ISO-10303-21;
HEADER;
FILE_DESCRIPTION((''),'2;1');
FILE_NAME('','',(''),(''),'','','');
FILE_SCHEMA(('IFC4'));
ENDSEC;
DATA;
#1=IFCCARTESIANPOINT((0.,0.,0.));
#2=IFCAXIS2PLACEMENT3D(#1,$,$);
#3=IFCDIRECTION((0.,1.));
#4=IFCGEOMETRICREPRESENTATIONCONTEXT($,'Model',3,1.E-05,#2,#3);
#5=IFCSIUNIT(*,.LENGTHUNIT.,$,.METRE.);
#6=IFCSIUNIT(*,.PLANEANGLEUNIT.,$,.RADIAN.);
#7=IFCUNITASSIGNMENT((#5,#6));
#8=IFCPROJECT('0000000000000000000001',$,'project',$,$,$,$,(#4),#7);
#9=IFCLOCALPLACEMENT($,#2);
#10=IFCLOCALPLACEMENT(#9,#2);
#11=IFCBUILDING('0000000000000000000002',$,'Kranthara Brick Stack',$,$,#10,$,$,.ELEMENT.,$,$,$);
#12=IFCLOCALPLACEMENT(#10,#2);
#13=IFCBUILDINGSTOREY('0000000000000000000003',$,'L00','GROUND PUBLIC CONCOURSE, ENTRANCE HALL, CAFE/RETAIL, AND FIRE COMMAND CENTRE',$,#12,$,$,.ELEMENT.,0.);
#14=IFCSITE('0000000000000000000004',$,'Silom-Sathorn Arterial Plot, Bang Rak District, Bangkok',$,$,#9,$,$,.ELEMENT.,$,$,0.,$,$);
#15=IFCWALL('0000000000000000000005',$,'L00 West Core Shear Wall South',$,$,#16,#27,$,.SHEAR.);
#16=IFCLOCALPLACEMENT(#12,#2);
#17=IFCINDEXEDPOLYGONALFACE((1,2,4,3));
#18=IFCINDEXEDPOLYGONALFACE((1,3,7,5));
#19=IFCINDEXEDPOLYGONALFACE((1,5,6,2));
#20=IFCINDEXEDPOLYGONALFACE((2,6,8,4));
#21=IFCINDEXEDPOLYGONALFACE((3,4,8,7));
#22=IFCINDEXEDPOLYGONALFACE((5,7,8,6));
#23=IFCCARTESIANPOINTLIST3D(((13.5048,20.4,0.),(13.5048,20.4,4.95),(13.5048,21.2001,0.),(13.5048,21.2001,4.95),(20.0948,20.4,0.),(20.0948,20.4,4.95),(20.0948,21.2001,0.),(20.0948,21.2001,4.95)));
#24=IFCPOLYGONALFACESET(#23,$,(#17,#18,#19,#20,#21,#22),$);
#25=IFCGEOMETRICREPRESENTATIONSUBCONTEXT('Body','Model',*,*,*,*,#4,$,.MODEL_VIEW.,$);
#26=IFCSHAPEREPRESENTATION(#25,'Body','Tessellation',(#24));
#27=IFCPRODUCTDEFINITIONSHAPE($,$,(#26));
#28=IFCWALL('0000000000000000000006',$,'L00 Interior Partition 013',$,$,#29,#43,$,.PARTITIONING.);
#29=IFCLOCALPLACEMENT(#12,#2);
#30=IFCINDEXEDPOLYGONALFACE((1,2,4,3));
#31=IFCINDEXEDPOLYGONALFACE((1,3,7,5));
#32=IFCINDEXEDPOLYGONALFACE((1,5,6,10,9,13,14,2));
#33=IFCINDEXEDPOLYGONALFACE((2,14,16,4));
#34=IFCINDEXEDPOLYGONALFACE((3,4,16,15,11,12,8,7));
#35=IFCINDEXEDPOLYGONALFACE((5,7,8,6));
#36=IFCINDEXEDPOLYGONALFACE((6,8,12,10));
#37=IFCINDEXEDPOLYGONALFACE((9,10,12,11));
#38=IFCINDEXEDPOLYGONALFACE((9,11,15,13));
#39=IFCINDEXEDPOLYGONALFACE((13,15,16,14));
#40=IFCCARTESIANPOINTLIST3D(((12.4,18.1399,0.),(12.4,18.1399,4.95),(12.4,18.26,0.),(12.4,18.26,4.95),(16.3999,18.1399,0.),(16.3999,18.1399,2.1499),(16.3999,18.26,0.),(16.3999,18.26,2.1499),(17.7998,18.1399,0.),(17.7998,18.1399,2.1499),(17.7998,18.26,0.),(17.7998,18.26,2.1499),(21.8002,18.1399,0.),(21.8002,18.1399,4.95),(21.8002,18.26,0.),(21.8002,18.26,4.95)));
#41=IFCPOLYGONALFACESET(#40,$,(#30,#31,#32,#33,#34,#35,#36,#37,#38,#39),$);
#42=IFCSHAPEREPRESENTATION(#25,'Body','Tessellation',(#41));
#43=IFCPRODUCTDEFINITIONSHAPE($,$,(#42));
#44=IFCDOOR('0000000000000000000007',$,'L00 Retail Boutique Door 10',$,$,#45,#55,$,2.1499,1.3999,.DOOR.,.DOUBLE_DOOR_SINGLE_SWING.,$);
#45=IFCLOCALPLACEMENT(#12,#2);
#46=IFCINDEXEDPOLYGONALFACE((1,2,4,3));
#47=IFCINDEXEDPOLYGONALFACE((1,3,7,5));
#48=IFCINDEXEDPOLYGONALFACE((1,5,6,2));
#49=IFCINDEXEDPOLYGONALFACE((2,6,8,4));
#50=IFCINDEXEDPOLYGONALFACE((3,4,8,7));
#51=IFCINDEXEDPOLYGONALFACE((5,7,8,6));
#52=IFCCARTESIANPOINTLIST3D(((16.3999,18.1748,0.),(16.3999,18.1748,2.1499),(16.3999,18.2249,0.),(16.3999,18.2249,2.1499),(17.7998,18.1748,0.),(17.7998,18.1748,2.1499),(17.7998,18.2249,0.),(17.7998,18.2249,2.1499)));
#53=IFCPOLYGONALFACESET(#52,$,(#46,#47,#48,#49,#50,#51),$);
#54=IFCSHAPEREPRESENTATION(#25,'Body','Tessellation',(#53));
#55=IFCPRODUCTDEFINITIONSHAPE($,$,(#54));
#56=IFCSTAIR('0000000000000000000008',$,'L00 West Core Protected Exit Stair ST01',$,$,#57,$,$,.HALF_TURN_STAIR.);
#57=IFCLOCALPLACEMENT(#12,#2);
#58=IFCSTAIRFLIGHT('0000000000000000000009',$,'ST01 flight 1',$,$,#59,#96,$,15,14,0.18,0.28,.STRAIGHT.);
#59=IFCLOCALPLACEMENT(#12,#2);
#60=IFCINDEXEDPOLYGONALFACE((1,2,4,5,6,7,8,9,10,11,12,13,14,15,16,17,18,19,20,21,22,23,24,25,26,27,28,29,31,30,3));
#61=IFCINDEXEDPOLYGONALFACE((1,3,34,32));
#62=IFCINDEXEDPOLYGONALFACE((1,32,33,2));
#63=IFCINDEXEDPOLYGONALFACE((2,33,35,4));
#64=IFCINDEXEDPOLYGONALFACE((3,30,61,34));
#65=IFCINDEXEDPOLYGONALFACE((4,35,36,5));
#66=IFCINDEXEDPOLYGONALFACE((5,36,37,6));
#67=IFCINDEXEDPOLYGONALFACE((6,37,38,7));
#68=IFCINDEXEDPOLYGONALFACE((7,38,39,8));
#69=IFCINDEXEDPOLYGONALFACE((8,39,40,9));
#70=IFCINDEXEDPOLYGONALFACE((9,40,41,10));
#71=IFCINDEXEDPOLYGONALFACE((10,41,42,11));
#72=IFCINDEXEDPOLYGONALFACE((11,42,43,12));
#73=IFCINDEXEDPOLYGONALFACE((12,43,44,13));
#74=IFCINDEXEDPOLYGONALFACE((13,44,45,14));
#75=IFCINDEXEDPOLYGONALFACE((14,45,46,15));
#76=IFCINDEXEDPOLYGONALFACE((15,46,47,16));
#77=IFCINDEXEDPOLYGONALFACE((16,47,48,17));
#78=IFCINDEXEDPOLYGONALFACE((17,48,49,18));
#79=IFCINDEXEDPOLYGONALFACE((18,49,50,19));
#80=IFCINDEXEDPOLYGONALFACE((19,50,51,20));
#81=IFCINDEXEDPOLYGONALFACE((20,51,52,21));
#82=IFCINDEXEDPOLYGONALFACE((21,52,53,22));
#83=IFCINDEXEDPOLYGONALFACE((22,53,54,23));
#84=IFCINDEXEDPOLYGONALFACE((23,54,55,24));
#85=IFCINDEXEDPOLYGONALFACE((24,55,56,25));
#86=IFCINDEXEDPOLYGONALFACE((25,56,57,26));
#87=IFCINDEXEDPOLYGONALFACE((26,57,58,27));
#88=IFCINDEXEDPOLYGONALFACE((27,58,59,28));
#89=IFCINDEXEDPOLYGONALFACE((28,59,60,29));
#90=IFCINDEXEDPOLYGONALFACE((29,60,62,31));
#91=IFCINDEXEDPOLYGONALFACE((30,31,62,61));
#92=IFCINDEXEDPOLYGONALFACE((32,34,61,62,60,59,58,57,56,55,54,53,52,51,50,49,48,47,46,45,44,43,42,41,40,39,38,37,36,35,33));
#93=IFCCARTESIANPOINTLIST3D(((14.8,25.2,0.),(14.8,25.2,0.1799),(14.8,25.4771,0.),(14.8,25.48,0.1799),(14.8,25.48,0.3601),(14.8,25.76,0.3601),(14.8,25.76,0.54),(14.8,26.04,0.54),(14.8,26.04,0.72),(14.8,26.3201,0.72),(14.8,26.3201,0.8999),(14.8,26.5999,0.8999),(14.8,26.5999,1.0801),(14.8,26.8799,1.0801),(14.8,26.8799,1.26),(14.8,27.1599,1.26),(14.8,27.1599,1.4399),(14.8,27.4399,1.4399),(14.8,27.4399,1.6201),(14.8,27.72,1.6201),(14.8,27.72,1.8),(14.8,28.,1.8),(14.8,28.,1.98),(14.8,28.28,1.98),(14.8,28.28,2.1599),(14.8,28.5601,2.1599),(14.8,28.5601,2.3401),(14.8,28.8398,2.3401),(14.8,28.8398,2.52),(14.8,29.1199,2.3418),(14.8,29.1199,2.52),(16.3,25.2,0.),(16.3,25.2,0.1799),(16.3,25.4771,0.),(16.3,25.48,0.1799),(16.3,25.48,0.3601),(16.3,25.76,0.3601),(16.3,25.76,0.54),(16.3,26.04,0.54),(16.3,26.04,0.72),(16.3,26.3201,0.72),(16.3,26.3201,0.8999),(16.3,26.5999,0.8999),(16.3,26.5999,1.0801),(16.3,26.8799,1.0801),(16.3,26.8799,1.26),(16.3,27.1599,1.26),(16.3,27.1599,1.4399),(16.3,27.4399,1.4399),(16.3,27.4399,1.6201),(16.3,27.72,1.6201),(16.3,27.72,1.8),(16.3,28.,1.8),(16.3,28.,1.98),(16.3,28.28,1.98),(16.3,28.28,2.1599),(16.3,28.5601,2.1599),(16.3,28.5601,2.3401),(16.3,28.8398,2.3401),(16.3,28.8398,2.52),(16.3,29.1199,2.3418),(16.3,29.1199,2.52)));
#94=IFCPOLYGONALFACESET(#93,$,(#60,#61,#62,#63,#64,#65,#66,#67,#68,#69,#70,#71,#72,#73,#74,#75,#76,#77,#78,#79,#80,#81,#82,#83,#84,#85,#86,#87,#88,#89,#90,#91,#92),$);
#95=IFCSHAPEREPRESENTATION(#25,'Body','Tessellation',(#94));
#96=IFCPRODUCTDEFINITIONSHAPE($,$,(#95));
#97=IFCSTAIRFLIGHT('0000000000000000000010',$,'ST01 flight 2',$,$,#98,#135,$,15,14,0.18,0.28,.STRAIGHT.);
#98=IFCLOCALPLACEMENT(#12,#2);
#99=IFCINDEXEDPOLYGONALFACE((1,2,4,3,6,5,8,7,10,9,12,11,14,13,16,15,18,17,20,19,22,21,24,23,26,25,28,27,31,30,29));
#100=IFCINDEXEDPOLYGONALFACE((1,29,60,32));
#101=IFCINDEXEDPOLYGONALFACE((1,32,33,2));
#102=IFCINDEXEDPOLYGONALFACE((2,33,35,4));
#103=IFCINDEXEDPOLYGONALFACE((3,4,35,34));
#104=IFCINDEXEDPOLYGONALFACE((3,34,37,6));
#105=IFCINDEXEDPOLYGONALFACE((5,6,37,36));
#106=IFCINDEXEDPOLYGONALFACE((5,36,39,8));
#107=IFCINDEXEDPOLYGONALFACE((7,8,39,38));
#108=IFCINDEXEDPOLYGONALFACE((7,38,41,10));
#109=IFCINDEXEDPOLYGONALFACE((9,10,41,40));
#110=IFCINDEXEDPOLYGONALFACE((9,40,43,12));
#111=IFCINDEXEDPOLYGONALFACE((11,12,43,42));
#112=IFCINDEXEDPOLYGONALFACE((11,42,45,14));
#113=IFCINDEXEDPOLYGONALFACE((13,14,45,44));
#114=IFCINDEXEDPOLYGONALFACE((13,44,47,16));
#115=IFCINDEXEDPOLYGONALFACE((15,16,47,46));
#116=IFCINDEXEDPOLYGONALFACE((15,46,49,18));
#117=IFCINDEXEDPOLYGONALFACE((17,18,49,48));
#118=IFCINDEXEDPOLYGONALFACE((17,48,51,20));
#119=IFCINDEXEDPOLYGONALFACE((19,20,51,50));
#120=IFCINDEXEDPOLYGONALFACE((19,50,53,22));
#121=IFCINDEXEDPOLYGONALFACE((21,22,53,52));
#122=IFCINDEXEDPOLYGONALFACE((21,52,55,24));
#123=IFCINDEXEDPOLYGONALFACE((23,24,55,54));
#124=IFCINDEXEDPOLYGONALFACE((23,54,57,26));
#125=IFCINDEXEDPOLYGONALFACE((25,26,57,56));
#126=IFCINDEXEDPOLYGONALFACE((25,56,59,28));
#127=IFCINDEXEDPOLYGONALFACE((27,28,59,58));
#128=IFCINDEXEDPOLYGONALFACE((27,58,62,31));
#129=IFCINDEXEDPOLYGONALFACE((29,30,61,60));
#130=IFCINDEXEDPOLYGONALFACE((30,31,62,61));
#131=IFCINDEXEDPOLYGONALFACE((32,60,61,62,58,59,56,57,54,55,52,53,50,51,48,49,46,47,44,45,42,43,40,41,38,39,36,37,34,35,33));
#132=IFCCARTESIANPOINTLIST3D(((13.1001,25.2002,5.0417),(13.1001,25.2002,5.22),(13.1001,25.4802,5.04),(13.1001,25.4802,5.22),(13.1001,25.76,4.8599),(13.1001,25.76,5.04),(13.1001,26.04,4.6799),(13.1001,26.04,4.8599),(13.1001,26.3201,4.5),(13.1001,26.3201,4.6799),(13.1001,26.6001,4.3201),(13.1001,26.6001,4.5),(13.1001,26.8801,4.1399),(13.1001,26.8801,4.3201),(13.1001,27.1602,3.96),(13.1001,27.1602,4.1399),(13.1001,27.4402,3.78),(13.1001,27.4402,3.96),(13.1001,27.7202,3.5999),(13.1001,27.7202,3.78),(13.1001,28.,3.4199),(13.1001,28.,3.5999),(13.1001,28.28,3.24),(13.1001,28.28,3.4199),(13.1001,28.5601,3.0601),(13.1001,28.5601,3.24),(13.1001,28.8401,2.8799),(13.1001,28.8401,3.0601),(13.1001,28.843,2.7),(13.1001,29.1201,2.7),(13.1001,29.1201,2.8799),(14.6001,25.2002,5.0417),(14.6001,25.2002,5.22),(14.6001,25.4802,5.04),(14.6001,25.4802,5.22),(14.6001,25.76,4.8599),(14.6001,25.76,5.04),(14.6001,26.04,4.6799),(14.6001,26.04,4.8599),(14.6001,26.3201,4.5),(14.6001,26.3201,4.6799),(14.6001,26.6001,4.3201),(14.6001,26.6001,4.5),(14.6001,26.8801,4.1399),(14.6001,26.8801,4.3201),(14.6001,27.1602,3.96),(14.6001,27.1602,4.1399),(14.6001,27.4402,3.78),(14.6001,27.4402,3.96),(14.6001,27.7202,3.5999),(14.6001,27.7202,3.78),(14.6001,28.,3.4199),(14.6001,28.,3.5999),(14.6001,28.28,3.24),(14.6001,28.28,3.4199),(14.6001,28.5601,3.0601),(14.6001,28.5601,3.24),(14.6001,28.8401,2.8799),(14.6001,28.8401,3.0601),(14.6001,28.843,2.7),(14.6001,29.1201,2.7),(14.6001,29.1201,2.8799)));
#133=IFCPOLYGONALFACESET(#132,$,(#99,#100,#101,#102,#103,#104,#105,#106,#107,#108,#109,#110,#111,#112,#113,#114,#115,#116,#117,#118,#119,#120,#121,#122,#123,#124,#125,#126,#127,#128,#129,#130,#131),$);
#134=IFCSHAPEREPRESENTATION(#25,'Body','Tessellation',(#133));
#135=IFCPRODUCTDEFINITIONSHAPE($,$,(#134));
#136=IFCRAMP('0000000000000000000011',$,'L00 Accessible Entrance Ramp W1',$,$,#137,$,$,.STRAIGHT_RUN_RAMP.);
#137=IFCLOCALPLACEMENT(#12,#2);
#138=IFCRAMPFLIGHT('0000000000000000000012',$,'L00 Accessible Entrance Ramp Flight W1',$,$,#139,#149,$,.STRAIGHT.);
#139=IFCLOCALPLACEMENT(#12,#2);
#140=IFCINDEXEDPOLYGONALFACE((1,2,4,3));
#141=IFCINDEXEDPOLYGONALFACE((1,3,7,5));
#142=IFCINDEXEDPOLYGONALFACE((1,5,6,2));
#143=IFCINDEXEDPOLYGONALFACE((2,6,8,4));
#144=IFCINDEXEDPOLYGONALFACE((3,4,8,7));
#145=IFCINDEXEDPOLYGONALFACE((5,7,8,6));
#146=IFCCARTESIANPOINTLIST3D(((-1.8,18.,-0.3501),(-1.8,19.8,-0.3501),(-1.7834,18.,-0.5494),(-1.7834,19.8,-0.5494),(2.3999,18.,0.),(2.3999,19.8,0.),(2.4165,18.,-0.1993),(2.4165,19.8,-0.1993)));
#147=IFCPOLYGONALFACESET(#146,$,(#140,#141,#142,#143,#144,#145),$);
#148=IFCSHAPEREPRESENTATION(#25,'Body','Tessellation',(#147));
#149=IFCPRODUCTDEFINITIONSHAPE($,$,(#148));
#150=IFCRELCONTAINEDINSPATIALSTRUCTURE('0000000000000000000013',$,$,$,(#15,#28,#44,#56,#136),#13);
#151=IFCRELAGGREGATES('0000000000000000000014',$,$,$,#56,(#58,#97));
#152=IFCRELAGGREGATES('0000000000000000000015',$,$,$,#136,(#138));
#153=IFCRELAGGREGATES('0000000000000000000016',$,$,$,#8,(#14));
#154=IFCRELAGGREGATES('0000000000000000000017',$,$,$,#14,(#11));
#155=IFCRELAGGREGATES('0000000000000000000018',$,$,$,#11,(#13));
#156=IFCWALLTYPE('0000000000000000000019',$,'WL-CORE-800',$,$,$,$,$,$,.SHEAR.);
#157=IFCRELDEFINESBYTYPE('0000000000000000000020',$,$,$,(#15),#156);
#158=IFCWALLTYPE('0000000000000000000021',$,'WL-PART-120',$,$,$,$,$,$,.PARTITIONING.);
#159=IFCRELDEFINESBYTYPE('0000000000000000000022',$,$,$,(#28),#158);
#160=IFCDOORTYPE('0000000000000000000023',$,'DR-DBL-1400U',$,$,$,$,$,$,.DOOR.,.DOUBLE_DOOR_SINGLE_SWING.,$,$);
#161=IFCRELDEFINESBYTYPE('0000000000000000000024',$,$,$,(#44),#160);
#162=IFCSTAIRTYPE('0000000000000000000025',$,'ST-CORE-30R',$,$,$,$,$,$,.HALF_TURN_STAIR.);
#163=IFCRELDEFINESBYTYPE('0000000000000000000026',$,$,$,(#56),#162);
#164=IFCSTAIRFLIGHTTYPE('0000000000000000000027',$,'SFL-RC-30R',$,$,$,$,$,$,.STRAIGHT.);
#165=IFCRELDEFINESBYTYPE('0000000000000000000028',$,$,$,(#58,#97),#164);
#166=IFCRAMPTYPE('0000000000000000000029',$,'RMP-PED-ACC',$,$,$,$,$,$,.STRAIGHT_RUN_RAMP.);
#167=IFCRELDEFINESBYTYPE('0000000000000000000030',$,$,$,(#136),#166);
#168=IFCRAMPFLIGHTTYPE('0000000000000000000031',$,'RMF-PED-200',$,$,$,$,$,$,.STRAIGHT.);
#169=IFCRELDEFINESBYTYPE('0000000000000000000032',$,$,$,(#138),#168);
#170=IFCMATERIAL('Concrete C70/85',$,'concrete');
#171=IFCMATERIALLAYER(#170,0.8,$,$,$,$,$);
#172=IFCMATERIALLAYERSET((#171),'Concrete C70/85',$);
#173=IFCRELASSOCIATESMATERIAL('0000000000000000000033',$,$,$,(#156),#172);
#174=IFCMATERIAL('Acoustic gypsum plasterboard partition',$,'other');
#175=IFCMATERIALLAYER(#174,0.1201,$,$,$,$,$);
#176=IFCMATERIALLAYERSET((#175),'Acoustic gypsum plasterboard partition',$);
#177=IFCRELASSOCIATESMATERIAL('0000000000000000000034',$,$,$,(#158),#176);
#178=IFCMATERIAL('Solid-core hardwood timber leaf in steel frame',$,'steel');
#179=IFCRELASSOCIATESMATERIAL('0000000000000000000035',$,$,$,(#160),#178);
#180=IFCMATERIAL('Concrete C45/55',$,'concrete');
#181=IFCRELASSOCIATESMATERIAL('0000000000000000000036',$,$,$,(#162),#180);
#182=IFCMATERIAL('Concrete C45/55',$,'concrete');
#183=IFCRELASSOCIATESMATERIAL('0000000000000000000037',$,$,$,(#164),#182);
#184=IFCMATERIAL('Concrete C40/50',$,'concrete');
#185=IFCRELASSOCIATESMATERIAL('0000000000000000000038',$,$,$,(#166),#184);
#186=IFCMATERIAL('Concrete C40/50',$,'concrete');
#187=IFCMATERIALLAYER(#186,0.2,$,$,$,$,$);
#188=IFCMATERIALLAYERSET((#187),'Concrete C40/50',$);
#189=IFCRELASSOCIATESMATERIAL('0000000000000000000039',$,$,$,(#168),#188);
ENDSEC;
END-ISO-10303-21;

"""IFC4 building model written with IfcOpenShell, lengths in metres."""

from ifc_helpers import new_model, si_unit, direction, frame, frame_2d, origin, place, context, subcontext, project, spatial, polyline, rectangle, outline, extrude, material, layer, layer_set, type_object, element, fill, aggregate, save


model = new_model("IFC4")

# Units and contexts
model_context = context("Model", 3, precision=1e-05, world=origin(), true_north=direction((0.0, 1.0)))
body_context = subcontext(model_context, "Body", "Model", "MODEL_VIEW")
ifc_project = project(units=[si_unit("LENGTHUNIT", "METRE"), si_unit("PLANEANGLEUNIT", "RADIAN")], contexts=[model_context])

# Site, building, storey
site_placement = place(None, origin())
site = spatial("IfcSite", under=ifc_project, at=site_placement, Name="Silom-Sathorn Arterial Plot, Bang Rak District, Bangkok", CompositionType="ELEMENT", RefElevation=0.0)
building_placement = place(site_placement, origin())
building = spatial("IfcBuilding", under=site, at=building_placement, Name="Kranthara Brick Stack", CompositionType="ELEMENT")
storey_placement = place(building_placement, origin())
storey = spatial("IfcBuildingStorey", under=building, at=storey_placement, Name="L00", Description="GROUND PUBLIC CONCOURSE, ENTRANCE HALL, CAFE/RETAIL, AND FIRE COMMAND CENTRE", CompositionType="ELEMENT", Elevation=0.0)

# Shared definitions
ifc_material_1 = material(Name="Concrete C70/85", Category="concrete")
ifc_layer_1 = layer(ifc_material_1, 0.8)
ifc_layer_set_1 = layer_set([ifc_layer_1], Name="Concrete C70/85")
wall_type_1 = type_object("IfcWallType", Name="WL-CORE-800", PredefinedType="SHEAR", material=ifc_layer_set_1)

# Wall
wall_1_placement = place(storey_placement, frame((13.5049, 20.8, 0.0), z_axis=(0.0, 0.0, 1.0), x_axis=(1.0, 0.0, 0.0)))
element("IfcWall", 1, at=wall_1_placement, inside=storey, type_object=wall_type_1, Name="L00 West Core Shear Wall South", PredefinedType="SHEAR", context=body_context, shape_type="SweptSolid", body=[
    extrude(rectangle(XDim=6.5901, YDim=0.8, at=frame_2d((3.2949, 0.0))), origin(), (0.0, 0.0, 1.0), 4.95),
])

# Wall, opening, door
ifc_material_2 = material(Name="Acoustic gypsum plasterboard partition", Category="other")
ifc_layer_2 = layer(ifc_material_2, 0.1201)
ifc_layer_set_2 = layer_set([ifc_layer_2], Name="Acoustic gypsum plasterboard partition")
wall_type_2 = type_object("IfcWallType", Name="WL-PART-120", PredefinedType="PARTITIONING", material=ifc_layer_set_2)
wall_2_placement = place(storey_placement, frame((12.3999, 18.2, 0.0), z_axis=(0.0, 0.0, 1.0), x_axis=(1.0, 0.0, 0.0)))
wall_2 = element("IfcWall", 2, at=wall_2_placement, inside=storey, type_object=wall_type_2, Name="L00 Interior Partition 013", PredefinedType="PARTITIONING", context=body_context, shape_type="SweptSolid", body=[
    extrude(rectangle(XDim=9.4001, YDim=0.1201, at=frame_2d((4.7002, 0.0))), origin(), (0.0, 0.0, 1.0), 4.95),
])
opening_1_placement = place(wall_2_placement, frame((4.0, 0.0, 0.0)))
opening_1 = element("IfcOpeningElement", 3, at=opening_1_placement, cuts=wall_2, PredefinedType="OPENING", context=body_context, shape_type="SweptSolid", body=[
    extrude(rectangle(XDim=1.3999, YDim=2.1499, at=frame_2d((0.7, 1.075))), frame((0.0, 0.0701, 0.0), z_axis=(0.0, -1.0, 0.0), x_axis=(1.0, 0.0, 0.0)), (0.0, 0.0, 1.0), 0.1401),
])
ifc_material_3 = material(Name="Solid-core hardwood timber leaf in steel frame", Category="steel")
door_type_1 = type_object("IfcDoorType", Name="DR-DBL-1400U", OperationType="DOUBLE_DOOR_SINGLE_SWING", PredefinedType="DOOR", material=ifc_material_3)
door_1_placement = place(opening_1_placement, origin())
door_1 = element("IfcDoor", 4, at=door_1_placement, inside=storey, type_object=door_type_1, Name="L00 Retail Boutique Door 10", OperationType="DOUBLE_DOOR_SINGLE_SWING", OverallHeight=2.1499, OverallWidth=1.3999, PredefinedType="DOOR", context=body_context, shape_type="SweptSolid", body=[
    extrude(rectangle(XDim=1.3999, YDim=2.1499, at=frame_2d((0.7, 1.075))), frame((0.0, 0.0249, 0.0), z_axis=(0.0, -1.0, 0.0), x_axis=(1.0, 0.0, 0.0)), (0.0, 0.0, 1.0), 0.05),
])
fill(opening_1, door_1)

# Stair, stair flights
ifc_material_4 = material(Name="Concrete C45/55", Category="concrete")
stair_type = type_object("IfcStairType", Name="ST-CORE-30R", PredefinedType="HALF_TURN_STAIR", material=ifc_material_4)
stair_placement = place(storey_placement, origin())
stair = element("IfcStair", 5, at=stair_placement, inside=storey, type_object=stair_type, Name="L00 West Core Protected Exit Stair ST01", PredefinedType="HALF_TURN_STAIR")
ifc_material_5 = material(Name="Concrete C45/55", Category="concrete")
stair_flight_type = type_object("IfcStairFlightType", Name="SFL-RC-30R", PredefinedType="STRAIGHT", material=ifc_material_5)
stair_flight_1_placement = place(storey_placement, frame((15.55, 25.2, 0.0), z_axis=(0.0, 0.0, 1.0), x_axis=(0.0, 1.0, 0.0)))
stair_flight_1 = element("IfcStairFlight", 6, at=stair_flight_1_placement, type_object=stair_flight_type, Name="ST01 flight 1", NumberOfRisers=15, NumberOfTreads=14, PredefinedType="STRAIGHT", RiserHeight=0.18, TreadLength=0.28, context=body_context, shape_type="SweptSolid", body=[
    extrude(outline(polyline([(0.0, 0.0), (0.0, 0.1799), (0.28, 0.1799), (0.28, 0.3601), (0.5601, 0.3601), (0.5601, 0.54), (0.8401, 0.54), (0.8401, 0.72), (1.1201, 0.72), (1.1201, 0.8999), (1.3999, 0.8999), (1.3999, 1.0801), (1.6799, 1.0801), (1.6799, 1.26), (1.96, 1.26), (1.96, 1.4399), (2.24, 1.4399), (2.24, 1.6201), (2.52, 1.6201), (2.52, 1.8), (2.8, 1.8), (2.8, 1.98), (3.0801, 1.98), (3.0801, 2.1599), (3.3601, 2.1599), (3.3601, 2.3401), (3.6399, 2.3401), (3.6399, 2.52), (3.9199, 2.52), (3.9199, 2.7), (3.9199, 2.3418), (0.2771, 0.0), (0.0, 0.0)])), frame((0.0, 0.75, 0.0), z_axis=(0.0, -1.0, 0.0), x_axis=(1.0, 0.0, 0.0)), (0.0, 0.0, 1.0), 1.5),
])
stair_flight_2_placement = place(storey_placement, frame((13.8501, 29.1201, 2.7), z_axis=(0.0, 0.0, 1.0), x_axis=(0.0, -1.0, 0.0)))
stair_flight_2 = element("IfcStairFlight", 7, at=stair_flight_2_placement, type_object=stair_flight_type, Name="ST01 flight 2", NumberOfRisers=15, NumberOfTreads=14, PredefinedType="STRAIGHT", RiserHeight=0.18, TreadLength=0.28, context=body_context, shape_type="SweptSolid", body=[
    extrude(outline(polyline([(0.0, 0.0), (0.0, 0.1799), (0.28, 0.1799), (0.28, 0.3601), (0.5601, 0.3601), (0.5601, 0.54), (0.8401, 0.54), (0.8401, 0.72), (1.1201, 0.72), (1.1201, 0.8999), (1.3999, 0.8999), (1.3999, 1.0801), (1.6799, 1.0801), (1.6799, 1.26), (1.96, 1.26), (1.96, 1.4399), (2.24, 1.4399), (2.24, 1.6201), (2.52, 1.6201), (2.52, 1.8), (2.8, 1.8), (2.8, 1.98), (3.0801, 1.98), (3.0801, 2.1599), (3.3601, 2.1599), (3.3601, 2.3401), (3.6399, 2.3401), (3.6399, 2.52), (3.9199, 2.52), (3.9199, 2.7), (3.9199, 2.3418), (0.2771, 0.0), (0.0, 0.0)])), frame((0.0, 0.75, 0.0), z_axis=(0.0, -1.0, 0.0), x_axis=(1.0, 0.0, 0.0)), (0.0, 0.0, 1.0), 1.5),
])
aggregate(stair, [stair_flight_1, stair_flight_2])

# Ramp, ramp flight
ifc_material_6 = material(Name="Concrete C40/50", Category="concrete")
ramp_type = type_object("IfcRampType", Name="RMP-PED-ACC", PredefinedType="STRAIGHT_RUN_RAMP", material=ifc_material_6)
ramp_placement = place(storey_placement, origin())
ramp = element("IfcRamp", 8, at=ramp_placement, inside=storey, type_object=ramp_type, Name="L00 Accessible Entrance Ramp W1", PredefinedType="STRAIGHT_RUN_RAMP")
ifc_material_7 = material(Name="Concrete C40/50", Category="concrete")
ifc_layer_3 = layer(ifc_material_7, 0.2)
ifc_layer_set_3 = layer_set([ifc_layer_3], Name="Concrete C40/50")
ramp_flight_type = type_object("IfcRampFlightType", Name="RMF-PED-200", PredefinedType="STRAIGHT", material=ifc_layer_set_3)
ramp_flight_placement = place(storey_placement, frame((-1.8, 18.0, -0.3501), z_axis=(-0.083069, 0.0, 0.996544), x_axis=(0.996544, 0.0, 0.083069)))
ramp_flight = element("IfcRampFlight", 9, at=ramp_flight_placement, type_object=ramp_flight_type, Name="L00 Accessible Entrance Ramp Flight W1", PredefinedType="STRAIGHT", context=body_context, shape_type="SweptSolid", body=[
    extrude(outline(polyline([(0.0, 0.0), (4.2145, 0.0), (4.2145, 1.8), (0.0, 1.8), (0.0, 0.0)])), origin(), (0.0, 0.0, -1.0), 0.2),
])
aggregate(ramp, [ramp_flight])

save(model, "model.ifc")
